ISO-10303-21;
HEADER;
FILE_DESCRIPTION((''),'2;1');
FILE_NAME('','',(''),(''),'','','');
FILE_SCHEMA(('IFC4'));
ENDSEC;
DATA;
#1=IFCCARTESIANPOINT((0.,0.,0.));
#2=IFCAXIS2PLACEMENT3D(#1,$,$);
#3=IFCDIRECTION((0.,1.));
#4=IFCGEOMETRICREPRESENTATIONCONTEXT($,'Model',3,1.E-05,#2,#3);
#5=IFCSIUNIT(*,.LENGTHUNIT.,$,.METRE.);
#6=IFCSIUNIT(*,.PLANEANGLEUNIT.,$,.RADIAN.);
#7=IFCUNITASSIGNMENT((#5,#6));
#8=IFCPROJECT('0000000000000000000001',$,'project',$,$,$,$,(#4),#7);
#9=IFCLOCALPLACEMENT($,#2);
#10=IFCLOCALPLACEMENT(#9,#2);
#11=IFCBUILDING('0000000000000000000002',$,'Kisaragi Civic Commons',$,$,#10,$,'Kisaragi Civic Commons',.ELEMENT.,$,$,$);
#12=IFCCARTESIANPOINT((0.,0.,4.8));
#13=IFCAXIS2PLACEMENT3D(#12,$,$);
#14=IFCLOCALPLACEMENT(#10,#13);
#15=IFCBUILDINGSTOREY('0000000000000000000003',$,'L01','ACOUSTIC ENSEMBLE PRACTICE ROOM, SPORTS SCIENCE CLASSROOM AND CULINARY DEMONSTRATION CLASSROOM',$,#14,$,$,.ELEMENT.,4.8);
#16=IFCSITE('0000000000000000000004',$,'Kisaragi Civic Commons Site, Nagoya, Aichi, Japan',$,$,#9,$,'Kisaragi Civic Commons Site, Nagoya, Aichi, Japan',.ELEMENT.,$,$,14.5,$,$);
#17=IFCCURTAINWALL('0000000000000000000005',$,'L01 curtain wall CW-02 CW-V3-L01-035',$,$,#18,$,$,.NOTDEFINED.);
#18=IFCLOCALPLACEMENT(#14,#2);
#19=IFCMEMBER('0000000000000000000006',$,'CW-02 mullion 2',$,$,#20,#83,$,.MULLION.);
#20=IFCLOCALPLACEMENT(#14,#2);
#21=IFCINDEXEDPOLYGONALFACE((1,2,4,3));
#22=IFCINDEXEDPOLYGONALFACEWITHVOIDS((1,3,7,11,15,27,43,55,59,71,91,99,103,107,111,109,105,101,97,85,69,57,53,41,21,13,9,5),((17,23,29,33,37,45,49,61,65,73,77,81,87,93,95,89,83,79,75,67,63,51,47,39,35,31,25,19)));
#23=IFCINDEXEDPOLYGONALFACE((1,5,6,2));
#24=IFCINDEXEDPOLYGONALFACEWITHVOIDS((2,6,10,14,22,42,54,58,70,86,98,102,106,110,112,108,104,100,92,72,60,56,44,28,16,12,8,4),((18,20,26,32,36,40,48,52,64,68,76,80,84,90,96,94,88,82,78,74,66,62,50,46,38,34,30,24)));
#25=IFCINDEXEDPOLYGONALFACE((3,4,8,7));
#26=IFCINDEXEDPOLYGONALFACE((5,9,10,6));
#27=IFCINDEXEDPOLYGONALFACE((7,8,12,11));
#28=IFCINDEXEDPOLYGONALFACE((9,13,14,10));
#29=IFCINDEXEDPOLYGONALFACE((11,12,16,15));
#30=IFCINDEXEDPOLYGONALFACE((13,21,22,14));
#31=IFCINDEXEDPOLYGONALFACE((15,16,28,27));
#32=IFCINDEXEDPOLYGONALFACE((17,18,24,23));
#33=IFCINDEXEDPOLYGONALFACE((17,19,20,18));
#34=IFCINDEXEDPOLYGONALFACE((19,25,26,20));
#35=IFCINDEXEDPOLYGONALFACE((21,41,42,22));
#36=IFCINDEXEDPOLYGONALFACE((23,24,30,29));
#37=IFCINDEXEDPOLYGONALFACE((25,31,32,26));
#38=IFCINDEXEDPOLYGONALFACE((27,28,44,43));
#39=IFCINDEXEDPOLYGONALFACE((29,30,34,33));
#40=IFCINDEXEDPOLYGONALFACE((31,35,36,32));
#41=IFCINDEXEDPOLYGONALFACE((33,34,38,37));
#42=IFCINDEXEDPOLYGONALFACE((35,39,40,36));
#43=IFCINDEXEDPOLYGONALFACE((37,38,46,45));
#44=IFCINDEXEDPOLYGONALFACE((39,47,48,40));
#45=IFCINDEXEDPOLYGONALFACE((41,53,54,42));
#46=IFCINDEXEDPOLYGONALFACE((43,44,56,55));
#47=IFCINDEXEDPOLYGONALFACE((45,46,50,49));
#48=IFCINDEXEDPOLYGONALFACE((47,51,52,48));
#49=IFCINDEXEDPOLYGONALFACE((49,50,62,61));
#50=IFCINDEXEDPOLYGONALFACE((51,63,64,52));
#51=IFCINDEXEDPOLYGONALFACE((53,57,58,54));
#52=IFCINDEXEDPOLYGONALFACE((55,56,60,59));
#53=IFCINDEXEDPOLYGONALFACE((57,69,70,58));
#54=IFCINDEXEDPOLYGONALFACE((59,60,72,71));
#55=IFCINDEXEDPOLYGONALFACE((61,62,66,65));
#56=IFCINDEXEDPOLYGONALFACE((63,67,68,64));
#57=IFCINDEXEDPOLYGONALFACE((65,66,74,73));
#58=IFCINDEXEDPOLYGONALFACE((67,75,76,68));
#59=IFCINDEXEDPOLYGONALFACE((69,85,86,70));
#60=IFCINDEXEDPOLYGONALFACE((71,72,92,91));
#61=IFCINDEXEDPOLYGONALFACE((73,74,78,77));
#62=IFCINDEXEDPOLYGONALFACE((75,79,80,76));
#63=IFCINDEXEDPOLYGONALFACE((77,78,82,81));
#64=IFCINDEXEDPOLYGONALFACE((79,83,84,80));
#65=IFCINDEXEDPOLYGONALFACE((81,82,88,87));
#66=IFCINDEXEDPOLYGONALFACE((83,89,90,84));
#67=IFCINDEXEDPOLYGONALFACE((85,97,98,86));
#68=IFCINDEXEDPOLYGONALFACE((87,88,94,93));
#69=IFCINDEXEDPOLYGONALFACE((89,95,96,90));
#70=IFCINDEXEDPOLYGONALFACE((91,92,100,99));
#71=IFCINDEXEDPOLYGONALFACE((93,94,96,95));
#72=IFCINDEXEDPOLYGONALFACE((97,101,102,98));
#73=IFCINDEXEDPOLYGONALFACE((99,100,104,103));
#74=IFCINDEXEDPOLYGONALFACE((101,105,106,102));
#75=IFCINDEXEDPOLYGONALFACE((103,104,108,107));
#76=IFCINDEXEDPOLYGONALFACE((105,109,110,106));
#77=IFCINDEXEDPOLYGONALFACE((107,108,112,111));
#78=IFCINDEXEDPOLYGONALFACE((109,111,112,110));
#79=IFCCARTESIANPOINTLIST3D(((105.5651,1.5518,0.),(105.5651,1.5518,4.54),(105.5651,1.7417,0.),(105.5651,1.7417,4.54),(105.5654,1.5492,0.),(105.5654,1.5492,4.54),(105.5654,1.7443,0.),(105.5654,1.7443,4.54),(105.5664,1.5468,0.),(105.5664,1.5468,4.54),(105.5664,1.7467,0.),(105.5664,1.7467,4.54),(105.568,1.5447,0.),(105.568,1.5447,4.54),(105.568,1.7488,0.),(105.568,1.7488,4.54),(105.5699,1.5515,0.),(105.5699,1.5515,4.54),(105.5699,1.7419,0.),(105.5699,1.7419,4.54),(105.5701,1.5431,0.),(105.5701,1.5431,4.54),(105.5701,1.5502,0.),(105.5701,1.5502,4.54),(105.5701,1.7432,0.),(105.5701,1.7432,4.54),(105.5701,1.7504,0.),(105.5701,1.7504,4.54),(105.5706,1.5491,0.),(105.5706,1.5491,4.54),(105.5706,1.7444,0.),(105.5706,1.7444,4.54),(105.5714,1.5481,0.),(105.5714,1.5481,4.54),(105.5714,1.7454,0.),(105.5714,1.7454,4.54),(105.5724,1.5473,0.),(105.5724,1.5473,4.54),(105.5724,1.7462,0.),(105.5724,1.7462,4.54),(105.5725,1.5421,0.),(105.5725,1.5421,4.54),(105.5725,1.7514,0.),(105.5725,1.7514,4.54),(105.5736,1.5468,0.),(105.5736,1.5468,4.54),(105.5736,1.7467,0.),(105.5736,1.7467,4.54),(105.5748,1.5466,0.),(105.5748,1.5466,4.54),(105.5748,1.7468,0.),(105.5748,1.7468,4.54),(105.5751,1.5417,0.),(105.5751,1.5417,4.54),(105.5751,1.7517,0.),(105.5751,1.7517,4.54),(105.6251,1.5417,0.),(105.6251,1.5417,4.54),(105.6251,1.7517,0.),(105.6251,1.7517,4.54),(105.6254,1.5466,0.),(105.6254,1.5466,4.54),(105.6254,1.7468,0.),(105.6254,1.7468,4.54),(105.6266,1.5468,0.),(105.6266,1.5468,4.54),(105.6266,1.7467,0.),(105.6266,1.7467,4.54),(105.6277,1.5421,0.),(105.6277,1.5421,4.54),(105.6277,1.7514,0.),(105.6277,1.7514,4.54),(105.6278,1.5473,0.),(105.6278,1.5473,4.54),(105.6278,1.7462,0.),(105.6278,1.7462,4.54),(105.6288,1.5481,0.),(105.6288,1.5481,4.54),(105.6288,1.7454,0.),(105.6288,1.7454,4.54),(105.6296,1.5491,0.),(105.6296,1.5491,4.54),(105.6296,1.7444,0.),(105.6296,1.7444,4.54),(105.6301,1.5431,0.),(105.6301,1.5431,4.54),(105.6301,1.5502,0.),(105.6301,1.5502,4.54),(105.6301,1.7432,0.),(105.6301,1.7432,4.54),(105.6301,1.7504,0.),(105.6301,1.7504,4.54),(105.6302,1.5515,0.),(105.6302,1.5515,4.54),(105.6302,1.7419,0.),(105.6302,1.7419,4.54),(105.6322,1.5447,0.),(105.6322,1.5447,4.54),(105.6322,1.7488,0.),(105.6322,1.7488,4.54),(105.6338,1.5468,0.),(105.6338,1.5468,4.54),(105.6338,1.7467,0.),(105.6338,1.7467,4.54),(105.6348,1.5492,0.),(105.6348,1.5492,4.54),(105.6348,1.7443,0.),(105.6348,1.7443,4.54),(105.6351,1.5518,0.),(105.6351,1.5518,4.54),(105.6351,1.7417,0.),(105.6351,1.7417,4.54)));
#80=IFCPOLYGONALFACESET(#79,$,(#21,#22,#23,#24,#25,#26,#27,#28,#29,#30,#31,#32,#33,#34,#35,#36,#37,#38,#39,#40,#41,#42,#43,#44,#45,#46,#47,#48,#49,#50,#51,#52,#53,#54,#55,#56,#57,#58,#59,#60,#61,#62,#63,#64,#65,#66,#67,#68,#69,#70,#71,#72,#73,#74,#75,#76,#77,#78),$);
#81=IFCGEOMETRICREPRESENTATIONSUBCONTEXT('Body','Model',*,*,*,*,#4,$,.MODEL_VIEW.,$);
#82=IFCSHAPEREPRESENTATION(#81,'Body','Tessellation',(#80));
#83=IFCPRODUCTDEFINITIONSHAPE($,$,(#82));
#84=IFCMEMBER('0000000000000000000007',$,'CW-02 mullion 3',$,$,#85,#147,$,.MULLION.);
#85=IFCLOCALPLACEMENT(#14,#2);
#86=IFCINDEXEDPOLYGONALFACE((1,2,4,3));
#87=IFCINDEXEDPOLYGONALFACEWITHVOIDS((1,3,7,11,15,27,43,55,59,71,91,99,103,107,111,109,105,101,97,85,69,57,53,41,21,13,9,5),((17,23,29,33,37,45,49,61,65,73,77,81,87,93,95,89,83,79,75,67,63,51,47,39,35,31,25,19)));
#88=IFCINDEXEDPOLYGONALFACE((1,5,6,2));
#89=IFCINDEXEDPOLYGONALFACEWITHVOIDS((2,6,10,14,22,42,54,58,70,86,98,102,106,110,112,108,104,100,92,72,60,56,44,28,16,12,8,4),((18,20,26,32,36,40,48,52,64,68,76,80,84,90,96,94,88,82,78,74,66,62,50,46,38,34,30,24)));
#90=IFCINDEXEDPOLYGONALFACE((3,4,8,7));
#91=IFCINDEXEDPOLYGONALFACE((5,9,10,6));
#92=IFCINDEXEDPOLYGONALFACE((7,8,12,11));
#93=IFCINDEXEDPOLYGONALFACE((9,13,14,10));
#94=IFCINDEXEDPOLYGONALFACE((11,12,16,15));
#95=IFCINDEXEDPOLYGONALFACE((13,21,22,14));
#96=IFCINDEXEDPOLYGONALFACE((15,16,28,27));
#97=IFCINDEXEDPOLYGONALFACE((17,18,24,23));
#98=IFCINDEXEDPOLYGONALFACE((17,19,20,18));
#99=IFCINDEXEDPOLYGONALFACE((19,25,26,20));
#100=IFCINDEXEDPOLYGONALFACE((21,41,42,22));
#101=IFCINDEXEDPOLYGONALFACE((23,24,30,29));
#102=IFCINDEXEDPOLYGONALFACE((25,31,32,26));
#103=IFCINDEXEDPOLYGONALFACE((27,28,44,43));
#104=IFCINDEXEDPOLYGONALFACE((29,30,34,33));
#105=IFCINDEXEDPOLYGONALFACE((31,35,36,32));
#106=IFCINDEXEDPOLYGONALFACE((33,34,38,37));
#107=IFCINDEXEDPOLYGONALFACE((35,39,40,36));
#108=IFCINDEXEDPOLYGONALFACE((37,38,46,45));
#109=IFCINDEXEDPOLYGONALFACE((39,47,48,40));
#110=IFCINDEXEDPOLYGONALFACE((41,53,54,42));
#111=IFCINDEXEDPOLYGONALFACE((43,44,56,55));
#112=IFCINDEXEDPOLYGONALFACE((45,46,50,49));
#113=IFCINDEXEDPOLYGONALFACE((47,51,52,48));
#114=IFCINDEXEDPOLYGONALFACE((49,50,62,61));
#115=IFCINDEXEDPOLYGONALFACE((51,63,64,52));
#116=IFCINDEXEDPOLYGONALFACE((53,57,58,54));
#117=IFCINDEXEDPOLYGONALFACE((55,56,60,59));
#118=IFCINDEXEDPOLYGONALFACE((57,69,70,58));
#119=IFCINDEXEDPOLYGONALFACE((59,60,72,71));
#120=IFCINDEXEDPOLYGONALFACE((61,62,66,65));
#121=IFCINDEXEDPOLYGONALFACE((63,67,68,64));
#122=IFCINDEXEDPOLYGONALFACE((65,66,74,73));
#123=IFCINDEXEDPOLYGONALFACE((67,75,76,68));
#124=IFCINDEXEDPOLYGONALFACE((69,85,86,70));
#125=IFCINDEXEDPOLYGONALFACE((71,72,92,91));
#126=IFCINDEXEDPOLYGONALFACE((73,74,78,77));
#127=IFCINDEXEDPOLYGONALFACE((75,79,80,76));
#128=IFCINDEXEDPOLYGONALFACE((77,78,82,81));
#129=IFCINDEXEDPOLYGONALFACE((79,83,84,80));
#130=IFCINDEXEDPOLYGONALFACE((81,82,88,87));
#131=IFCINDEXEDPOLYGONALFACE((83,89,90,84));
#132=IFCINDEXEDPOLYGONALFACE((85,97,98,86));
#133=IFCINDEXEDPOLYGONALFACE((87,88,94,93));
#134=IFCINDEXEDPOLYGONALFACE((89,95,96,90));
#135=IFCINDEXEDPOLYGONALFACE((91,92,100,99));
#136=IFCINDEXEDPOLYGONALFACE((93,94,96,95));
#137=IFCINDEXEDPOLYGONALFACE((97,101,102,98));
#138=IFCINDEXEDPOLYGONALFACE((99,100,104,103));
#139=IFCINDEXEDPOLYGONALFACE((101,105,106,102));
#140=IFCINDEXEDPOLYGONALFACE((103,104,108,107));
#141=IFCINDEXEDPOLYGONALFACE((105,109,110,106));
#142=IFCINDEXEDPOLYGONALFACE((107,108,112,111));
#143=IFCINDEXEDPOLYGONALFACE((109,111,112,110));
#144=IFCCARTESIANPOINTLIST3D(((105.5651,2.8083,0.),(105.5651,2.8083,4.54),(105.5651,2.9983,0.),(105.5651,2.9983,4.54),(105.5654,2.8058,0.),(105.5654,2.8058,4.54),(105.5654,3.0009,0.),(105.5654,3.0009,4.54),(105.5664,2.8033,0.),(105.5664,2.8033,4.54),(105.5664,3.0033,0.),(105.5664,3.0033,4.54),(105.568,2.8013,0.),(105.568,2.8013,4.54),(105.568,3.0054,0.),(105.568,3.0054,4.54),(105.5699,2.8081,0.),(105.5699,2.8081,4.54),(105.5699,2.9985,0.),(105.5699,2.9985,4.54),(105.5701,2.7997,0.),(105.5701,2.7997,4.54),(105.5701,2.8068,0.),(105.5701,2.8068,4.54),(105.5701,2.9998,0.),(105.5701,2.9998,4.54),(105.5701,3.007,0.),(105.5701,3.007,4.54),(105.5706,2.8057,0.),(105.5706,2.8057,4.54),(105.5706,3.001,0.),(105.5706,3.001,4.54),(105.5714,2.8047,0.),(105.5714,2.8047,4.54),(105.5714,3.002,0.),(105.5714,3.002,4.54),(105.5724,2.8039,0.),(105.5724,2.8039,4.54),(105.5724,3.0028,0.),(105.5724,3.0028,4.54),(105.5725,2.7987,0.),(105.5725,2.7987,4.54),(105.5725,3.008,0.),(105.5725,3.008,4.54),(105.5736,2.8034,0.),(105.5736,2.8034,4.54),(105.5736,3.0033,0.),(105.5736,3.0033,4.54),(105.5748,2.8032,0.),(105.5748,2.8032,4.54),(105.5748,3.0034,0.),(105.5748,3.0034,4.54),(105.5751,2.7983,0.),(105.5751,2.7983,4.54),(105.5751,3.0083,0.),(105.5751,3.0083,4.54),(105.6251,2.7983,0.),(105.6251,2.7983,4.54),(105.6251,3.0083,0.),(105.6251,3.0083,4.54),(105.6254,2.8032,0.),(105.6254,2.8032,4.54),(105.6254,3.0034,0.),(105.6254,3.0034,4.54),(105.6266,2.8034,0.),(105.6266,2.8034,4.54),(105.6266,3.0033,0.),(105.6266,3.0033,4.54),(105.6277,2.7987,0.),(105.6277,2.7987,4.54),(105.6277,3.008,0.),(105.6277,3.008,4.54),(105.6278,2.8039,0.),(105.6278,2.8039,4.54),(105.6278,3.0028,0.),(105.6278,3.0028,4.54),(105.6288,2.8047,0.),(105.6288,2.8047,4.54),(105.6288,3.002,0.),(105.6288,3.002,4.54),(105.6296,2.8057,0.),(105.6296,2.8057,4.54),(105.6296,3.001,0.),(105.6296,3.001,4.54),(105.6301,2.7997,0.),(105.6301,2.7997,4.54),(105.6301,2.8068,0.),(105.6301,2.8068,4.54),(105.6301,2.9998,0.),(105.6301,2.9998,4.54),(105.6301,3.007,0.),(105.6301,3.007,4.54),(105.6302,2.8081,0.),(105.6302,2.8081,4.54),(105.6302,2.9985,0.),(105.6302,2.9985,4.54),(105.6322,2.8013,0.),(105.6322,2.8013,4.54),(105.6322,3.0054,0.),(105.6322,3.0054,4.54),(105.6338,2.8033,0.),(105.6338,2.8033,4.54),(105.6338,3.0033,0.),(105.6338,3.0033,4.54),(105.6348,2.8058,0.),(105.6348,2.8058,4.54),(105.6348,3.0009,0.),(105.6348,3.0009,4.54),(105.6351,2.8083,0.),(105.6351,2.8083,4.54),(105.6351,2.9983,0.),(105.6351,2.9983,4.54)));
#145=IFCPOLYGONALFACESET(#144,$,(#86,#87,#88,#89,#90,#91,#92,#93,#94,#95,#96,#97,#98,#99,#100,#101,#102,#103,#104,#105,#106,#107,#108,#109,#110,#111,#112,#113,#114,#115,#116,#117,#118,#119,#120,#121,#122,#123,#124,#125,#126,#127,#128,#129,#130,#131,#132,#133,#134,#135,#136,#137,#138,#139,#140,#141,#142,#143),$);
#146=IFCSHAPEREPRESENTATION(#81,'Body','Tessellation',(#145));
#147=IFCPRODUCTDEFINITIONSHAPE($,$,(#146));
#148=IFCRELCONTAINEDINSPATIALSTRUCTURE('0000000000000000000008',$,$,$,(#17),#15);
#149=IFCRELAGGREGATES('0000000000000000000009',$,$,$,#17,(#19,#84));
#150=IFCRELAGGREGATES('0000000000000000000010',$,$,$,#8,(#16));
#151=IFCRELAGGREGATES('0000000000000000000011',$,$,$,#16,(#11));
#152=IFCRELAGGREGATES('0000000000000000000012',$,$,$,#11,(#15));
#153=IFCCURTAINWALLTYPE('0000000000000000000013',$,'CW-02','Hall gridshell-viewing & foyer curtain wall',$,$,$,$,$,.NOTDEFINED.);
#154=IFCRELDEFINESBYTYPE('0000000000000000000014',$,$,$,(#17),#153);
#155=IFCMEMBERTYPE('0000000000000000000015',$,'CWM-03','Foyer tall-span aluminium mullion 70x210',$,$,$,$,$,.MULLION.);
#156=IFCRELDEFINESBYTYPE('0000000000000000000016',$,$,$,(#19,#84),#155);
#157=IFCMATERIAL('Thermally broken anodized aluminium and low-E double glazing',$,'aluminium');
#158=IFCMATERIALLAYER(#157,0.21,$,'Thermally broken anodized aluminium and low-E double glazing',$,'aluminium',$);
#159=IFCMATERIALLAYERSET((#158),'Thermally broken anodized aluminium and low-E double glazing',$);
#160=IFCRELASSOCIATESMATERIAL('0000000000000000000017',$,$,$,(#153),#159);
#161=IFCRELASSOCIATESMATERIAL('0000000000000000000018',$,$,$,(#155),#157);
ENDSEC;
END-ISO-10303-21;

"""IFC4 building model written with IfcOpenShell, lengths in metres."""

from ifc_helpers import new_model, si_unit, direction, frame, origin, origin_2d, place, context, subcontext, project, spatial, hollow_rectangle, extrude, material, layer, layer_set, material_profile, profile_set, type_object, element, aggregate, save


model = new_model("IFC4")

# Units and contexts
model_context = context("Model", 3, precision=1e-05, world=origin(), true_north=direction((0.0, 1.0)))
body_context = subcontext(model_context, "Body", "Model", "MODEL_VIEW")
ifc_project = project(units=[si_unit("LENGTHUNIT", "METRE"), si_unit("PLANEANGLEUNIT", "RADIAN")], contexts=[model_context])

# Site, building, storey
site_placement = place(None, origin())
site = spatial("IfcSite", under=ifc_project, at=site_placement, Name="Kisaragi Civic Commons Site, Nagoya, Aichi, Japan", LongName="Kisaragi Civic Commons Site, Nagoya, Aichi, Japan", CompositionType="ELEMENT", RefElevation=14.5)
building_placement = place(site_placement, origin())
building = spatial("IfcBuilding", under=site, at=building_placement, Name="Kisaragi Civic Commons", LongName="Kisaragi Civic Commons", CompositionType="ELEMENT")
storey_placement = place(building_placement, frame((0.0, 0.0, 4.8)))
storey = spatial("IfcBuildingStorey", under=building, at=storey_placement, Name="L01", Description="ACOUSTIC ENSEMBLE PRACTICE ROOM, SPORTS SCIENCE CLASSROOM AND CULINARY DEMONSTRATION CLASSROOM", CompositionType="ELEMENT", Elevation=4.8)

# Curtain wall, members
ifc_material = material(Name="Thermally broken anodized aluminium and low-E double glazing", Category="aluminium")
ifc_layer_1 = layer(ifc_material, 0.21, Name="Thermally broken anodized aluminium and low-E double glazing", Category="aluminium")
ifc_layer_set_1 = layer_set([ifc_layer_1], Name="Thermally broken anodized aluminium and low-E double glazing")
curtain_wall_type = type_object("IfcCurtainWallType", Name="CW-02", Description="Hall gridshell-viewing & foyer curtain wall", PredefinedType="NOTDEFINED", material=ifc_layer_set_1)
curtain_wall_1_placement = place(storey_placement, origin())
curtain_wall_1 = element("IfcCurtainWall", 1, at=curtain_wall_1_placement, inside=storey, type_object=curtain_wall_type, Name="L01 curtain wall CW-02 CW-V3-L01-035", PredefinedType="NOTDEFINED")
ifc_material_profile_1 = material_profile(ifc_material, hollow_rectangle(XDim=0.0701, YDim=0.21, WallThickness=0.0049, InnerFilletRadius=0.0049, OuterFilletRadius=0.01, at=origin_2d()), Name="CWM-70x210x5", Category="aluminium")
ifc_profile_set_1 = profile_set([ifc_material_profile_1], Name="Thermally broken anodized aluminium and low-E double glazing")
member_type_1 = type_object("IfcMemberType", Name="CWM-03", Description="Foyer tall-span aluminium mullion 70x210", PredefinedType="MULLION", material=ifc_profile_set_1)
member_1_placement = place(storey_placement, frame((105.6001, 1.6467, 0.0), z_axis=(0.0, 0.0, 1.0), x_axis=(-1.0, 0.0, 0.0)))
member_1 = element("IfcMember", 2, at=member_1_placement, type_object=member_type_1, Name="CW-02 mullion 2", PredefinedType="MULLION", context=body_context, shape_type="SweptSolid", body=[
    extrude(hollow_rectangle(XDim=0.0701, YDim=0.21, WallThickness=0.0049, InnerFilletRadius=0.0049, OuterFilletRadius=0.01, at=origin_2d()), origin(), (0.0, 0.0, 1.0), 4.54),
])
member_2_placement = place(storey_placement, frame((105.6001, 2.9033, 0.0), z_axis=(0.0, 0.0, 1.0), x_axis=(-1.0, 0.0, 0.0)))
member_2 = element("IfcMember", 3, at=member_2_placement, type_object=member_type_1, Name="CW-02 mullion 3", PredefinedType="MULLION", context=body_context, shape_type="SweptSolid", body=[
    extrude(hollow_rectangle(XDim=0.0701, YDim=0.21, WallThickness=0.0049, InnerFilletRadius=0.0049, OuterFilletRadius=0.01, at=origin_2d()), origin(), (0.0, 0.0, 1.0), 4.54),
])

aggregate(curtain_wall_1, [member_1, member_2])

save(model, "model.ifc")
